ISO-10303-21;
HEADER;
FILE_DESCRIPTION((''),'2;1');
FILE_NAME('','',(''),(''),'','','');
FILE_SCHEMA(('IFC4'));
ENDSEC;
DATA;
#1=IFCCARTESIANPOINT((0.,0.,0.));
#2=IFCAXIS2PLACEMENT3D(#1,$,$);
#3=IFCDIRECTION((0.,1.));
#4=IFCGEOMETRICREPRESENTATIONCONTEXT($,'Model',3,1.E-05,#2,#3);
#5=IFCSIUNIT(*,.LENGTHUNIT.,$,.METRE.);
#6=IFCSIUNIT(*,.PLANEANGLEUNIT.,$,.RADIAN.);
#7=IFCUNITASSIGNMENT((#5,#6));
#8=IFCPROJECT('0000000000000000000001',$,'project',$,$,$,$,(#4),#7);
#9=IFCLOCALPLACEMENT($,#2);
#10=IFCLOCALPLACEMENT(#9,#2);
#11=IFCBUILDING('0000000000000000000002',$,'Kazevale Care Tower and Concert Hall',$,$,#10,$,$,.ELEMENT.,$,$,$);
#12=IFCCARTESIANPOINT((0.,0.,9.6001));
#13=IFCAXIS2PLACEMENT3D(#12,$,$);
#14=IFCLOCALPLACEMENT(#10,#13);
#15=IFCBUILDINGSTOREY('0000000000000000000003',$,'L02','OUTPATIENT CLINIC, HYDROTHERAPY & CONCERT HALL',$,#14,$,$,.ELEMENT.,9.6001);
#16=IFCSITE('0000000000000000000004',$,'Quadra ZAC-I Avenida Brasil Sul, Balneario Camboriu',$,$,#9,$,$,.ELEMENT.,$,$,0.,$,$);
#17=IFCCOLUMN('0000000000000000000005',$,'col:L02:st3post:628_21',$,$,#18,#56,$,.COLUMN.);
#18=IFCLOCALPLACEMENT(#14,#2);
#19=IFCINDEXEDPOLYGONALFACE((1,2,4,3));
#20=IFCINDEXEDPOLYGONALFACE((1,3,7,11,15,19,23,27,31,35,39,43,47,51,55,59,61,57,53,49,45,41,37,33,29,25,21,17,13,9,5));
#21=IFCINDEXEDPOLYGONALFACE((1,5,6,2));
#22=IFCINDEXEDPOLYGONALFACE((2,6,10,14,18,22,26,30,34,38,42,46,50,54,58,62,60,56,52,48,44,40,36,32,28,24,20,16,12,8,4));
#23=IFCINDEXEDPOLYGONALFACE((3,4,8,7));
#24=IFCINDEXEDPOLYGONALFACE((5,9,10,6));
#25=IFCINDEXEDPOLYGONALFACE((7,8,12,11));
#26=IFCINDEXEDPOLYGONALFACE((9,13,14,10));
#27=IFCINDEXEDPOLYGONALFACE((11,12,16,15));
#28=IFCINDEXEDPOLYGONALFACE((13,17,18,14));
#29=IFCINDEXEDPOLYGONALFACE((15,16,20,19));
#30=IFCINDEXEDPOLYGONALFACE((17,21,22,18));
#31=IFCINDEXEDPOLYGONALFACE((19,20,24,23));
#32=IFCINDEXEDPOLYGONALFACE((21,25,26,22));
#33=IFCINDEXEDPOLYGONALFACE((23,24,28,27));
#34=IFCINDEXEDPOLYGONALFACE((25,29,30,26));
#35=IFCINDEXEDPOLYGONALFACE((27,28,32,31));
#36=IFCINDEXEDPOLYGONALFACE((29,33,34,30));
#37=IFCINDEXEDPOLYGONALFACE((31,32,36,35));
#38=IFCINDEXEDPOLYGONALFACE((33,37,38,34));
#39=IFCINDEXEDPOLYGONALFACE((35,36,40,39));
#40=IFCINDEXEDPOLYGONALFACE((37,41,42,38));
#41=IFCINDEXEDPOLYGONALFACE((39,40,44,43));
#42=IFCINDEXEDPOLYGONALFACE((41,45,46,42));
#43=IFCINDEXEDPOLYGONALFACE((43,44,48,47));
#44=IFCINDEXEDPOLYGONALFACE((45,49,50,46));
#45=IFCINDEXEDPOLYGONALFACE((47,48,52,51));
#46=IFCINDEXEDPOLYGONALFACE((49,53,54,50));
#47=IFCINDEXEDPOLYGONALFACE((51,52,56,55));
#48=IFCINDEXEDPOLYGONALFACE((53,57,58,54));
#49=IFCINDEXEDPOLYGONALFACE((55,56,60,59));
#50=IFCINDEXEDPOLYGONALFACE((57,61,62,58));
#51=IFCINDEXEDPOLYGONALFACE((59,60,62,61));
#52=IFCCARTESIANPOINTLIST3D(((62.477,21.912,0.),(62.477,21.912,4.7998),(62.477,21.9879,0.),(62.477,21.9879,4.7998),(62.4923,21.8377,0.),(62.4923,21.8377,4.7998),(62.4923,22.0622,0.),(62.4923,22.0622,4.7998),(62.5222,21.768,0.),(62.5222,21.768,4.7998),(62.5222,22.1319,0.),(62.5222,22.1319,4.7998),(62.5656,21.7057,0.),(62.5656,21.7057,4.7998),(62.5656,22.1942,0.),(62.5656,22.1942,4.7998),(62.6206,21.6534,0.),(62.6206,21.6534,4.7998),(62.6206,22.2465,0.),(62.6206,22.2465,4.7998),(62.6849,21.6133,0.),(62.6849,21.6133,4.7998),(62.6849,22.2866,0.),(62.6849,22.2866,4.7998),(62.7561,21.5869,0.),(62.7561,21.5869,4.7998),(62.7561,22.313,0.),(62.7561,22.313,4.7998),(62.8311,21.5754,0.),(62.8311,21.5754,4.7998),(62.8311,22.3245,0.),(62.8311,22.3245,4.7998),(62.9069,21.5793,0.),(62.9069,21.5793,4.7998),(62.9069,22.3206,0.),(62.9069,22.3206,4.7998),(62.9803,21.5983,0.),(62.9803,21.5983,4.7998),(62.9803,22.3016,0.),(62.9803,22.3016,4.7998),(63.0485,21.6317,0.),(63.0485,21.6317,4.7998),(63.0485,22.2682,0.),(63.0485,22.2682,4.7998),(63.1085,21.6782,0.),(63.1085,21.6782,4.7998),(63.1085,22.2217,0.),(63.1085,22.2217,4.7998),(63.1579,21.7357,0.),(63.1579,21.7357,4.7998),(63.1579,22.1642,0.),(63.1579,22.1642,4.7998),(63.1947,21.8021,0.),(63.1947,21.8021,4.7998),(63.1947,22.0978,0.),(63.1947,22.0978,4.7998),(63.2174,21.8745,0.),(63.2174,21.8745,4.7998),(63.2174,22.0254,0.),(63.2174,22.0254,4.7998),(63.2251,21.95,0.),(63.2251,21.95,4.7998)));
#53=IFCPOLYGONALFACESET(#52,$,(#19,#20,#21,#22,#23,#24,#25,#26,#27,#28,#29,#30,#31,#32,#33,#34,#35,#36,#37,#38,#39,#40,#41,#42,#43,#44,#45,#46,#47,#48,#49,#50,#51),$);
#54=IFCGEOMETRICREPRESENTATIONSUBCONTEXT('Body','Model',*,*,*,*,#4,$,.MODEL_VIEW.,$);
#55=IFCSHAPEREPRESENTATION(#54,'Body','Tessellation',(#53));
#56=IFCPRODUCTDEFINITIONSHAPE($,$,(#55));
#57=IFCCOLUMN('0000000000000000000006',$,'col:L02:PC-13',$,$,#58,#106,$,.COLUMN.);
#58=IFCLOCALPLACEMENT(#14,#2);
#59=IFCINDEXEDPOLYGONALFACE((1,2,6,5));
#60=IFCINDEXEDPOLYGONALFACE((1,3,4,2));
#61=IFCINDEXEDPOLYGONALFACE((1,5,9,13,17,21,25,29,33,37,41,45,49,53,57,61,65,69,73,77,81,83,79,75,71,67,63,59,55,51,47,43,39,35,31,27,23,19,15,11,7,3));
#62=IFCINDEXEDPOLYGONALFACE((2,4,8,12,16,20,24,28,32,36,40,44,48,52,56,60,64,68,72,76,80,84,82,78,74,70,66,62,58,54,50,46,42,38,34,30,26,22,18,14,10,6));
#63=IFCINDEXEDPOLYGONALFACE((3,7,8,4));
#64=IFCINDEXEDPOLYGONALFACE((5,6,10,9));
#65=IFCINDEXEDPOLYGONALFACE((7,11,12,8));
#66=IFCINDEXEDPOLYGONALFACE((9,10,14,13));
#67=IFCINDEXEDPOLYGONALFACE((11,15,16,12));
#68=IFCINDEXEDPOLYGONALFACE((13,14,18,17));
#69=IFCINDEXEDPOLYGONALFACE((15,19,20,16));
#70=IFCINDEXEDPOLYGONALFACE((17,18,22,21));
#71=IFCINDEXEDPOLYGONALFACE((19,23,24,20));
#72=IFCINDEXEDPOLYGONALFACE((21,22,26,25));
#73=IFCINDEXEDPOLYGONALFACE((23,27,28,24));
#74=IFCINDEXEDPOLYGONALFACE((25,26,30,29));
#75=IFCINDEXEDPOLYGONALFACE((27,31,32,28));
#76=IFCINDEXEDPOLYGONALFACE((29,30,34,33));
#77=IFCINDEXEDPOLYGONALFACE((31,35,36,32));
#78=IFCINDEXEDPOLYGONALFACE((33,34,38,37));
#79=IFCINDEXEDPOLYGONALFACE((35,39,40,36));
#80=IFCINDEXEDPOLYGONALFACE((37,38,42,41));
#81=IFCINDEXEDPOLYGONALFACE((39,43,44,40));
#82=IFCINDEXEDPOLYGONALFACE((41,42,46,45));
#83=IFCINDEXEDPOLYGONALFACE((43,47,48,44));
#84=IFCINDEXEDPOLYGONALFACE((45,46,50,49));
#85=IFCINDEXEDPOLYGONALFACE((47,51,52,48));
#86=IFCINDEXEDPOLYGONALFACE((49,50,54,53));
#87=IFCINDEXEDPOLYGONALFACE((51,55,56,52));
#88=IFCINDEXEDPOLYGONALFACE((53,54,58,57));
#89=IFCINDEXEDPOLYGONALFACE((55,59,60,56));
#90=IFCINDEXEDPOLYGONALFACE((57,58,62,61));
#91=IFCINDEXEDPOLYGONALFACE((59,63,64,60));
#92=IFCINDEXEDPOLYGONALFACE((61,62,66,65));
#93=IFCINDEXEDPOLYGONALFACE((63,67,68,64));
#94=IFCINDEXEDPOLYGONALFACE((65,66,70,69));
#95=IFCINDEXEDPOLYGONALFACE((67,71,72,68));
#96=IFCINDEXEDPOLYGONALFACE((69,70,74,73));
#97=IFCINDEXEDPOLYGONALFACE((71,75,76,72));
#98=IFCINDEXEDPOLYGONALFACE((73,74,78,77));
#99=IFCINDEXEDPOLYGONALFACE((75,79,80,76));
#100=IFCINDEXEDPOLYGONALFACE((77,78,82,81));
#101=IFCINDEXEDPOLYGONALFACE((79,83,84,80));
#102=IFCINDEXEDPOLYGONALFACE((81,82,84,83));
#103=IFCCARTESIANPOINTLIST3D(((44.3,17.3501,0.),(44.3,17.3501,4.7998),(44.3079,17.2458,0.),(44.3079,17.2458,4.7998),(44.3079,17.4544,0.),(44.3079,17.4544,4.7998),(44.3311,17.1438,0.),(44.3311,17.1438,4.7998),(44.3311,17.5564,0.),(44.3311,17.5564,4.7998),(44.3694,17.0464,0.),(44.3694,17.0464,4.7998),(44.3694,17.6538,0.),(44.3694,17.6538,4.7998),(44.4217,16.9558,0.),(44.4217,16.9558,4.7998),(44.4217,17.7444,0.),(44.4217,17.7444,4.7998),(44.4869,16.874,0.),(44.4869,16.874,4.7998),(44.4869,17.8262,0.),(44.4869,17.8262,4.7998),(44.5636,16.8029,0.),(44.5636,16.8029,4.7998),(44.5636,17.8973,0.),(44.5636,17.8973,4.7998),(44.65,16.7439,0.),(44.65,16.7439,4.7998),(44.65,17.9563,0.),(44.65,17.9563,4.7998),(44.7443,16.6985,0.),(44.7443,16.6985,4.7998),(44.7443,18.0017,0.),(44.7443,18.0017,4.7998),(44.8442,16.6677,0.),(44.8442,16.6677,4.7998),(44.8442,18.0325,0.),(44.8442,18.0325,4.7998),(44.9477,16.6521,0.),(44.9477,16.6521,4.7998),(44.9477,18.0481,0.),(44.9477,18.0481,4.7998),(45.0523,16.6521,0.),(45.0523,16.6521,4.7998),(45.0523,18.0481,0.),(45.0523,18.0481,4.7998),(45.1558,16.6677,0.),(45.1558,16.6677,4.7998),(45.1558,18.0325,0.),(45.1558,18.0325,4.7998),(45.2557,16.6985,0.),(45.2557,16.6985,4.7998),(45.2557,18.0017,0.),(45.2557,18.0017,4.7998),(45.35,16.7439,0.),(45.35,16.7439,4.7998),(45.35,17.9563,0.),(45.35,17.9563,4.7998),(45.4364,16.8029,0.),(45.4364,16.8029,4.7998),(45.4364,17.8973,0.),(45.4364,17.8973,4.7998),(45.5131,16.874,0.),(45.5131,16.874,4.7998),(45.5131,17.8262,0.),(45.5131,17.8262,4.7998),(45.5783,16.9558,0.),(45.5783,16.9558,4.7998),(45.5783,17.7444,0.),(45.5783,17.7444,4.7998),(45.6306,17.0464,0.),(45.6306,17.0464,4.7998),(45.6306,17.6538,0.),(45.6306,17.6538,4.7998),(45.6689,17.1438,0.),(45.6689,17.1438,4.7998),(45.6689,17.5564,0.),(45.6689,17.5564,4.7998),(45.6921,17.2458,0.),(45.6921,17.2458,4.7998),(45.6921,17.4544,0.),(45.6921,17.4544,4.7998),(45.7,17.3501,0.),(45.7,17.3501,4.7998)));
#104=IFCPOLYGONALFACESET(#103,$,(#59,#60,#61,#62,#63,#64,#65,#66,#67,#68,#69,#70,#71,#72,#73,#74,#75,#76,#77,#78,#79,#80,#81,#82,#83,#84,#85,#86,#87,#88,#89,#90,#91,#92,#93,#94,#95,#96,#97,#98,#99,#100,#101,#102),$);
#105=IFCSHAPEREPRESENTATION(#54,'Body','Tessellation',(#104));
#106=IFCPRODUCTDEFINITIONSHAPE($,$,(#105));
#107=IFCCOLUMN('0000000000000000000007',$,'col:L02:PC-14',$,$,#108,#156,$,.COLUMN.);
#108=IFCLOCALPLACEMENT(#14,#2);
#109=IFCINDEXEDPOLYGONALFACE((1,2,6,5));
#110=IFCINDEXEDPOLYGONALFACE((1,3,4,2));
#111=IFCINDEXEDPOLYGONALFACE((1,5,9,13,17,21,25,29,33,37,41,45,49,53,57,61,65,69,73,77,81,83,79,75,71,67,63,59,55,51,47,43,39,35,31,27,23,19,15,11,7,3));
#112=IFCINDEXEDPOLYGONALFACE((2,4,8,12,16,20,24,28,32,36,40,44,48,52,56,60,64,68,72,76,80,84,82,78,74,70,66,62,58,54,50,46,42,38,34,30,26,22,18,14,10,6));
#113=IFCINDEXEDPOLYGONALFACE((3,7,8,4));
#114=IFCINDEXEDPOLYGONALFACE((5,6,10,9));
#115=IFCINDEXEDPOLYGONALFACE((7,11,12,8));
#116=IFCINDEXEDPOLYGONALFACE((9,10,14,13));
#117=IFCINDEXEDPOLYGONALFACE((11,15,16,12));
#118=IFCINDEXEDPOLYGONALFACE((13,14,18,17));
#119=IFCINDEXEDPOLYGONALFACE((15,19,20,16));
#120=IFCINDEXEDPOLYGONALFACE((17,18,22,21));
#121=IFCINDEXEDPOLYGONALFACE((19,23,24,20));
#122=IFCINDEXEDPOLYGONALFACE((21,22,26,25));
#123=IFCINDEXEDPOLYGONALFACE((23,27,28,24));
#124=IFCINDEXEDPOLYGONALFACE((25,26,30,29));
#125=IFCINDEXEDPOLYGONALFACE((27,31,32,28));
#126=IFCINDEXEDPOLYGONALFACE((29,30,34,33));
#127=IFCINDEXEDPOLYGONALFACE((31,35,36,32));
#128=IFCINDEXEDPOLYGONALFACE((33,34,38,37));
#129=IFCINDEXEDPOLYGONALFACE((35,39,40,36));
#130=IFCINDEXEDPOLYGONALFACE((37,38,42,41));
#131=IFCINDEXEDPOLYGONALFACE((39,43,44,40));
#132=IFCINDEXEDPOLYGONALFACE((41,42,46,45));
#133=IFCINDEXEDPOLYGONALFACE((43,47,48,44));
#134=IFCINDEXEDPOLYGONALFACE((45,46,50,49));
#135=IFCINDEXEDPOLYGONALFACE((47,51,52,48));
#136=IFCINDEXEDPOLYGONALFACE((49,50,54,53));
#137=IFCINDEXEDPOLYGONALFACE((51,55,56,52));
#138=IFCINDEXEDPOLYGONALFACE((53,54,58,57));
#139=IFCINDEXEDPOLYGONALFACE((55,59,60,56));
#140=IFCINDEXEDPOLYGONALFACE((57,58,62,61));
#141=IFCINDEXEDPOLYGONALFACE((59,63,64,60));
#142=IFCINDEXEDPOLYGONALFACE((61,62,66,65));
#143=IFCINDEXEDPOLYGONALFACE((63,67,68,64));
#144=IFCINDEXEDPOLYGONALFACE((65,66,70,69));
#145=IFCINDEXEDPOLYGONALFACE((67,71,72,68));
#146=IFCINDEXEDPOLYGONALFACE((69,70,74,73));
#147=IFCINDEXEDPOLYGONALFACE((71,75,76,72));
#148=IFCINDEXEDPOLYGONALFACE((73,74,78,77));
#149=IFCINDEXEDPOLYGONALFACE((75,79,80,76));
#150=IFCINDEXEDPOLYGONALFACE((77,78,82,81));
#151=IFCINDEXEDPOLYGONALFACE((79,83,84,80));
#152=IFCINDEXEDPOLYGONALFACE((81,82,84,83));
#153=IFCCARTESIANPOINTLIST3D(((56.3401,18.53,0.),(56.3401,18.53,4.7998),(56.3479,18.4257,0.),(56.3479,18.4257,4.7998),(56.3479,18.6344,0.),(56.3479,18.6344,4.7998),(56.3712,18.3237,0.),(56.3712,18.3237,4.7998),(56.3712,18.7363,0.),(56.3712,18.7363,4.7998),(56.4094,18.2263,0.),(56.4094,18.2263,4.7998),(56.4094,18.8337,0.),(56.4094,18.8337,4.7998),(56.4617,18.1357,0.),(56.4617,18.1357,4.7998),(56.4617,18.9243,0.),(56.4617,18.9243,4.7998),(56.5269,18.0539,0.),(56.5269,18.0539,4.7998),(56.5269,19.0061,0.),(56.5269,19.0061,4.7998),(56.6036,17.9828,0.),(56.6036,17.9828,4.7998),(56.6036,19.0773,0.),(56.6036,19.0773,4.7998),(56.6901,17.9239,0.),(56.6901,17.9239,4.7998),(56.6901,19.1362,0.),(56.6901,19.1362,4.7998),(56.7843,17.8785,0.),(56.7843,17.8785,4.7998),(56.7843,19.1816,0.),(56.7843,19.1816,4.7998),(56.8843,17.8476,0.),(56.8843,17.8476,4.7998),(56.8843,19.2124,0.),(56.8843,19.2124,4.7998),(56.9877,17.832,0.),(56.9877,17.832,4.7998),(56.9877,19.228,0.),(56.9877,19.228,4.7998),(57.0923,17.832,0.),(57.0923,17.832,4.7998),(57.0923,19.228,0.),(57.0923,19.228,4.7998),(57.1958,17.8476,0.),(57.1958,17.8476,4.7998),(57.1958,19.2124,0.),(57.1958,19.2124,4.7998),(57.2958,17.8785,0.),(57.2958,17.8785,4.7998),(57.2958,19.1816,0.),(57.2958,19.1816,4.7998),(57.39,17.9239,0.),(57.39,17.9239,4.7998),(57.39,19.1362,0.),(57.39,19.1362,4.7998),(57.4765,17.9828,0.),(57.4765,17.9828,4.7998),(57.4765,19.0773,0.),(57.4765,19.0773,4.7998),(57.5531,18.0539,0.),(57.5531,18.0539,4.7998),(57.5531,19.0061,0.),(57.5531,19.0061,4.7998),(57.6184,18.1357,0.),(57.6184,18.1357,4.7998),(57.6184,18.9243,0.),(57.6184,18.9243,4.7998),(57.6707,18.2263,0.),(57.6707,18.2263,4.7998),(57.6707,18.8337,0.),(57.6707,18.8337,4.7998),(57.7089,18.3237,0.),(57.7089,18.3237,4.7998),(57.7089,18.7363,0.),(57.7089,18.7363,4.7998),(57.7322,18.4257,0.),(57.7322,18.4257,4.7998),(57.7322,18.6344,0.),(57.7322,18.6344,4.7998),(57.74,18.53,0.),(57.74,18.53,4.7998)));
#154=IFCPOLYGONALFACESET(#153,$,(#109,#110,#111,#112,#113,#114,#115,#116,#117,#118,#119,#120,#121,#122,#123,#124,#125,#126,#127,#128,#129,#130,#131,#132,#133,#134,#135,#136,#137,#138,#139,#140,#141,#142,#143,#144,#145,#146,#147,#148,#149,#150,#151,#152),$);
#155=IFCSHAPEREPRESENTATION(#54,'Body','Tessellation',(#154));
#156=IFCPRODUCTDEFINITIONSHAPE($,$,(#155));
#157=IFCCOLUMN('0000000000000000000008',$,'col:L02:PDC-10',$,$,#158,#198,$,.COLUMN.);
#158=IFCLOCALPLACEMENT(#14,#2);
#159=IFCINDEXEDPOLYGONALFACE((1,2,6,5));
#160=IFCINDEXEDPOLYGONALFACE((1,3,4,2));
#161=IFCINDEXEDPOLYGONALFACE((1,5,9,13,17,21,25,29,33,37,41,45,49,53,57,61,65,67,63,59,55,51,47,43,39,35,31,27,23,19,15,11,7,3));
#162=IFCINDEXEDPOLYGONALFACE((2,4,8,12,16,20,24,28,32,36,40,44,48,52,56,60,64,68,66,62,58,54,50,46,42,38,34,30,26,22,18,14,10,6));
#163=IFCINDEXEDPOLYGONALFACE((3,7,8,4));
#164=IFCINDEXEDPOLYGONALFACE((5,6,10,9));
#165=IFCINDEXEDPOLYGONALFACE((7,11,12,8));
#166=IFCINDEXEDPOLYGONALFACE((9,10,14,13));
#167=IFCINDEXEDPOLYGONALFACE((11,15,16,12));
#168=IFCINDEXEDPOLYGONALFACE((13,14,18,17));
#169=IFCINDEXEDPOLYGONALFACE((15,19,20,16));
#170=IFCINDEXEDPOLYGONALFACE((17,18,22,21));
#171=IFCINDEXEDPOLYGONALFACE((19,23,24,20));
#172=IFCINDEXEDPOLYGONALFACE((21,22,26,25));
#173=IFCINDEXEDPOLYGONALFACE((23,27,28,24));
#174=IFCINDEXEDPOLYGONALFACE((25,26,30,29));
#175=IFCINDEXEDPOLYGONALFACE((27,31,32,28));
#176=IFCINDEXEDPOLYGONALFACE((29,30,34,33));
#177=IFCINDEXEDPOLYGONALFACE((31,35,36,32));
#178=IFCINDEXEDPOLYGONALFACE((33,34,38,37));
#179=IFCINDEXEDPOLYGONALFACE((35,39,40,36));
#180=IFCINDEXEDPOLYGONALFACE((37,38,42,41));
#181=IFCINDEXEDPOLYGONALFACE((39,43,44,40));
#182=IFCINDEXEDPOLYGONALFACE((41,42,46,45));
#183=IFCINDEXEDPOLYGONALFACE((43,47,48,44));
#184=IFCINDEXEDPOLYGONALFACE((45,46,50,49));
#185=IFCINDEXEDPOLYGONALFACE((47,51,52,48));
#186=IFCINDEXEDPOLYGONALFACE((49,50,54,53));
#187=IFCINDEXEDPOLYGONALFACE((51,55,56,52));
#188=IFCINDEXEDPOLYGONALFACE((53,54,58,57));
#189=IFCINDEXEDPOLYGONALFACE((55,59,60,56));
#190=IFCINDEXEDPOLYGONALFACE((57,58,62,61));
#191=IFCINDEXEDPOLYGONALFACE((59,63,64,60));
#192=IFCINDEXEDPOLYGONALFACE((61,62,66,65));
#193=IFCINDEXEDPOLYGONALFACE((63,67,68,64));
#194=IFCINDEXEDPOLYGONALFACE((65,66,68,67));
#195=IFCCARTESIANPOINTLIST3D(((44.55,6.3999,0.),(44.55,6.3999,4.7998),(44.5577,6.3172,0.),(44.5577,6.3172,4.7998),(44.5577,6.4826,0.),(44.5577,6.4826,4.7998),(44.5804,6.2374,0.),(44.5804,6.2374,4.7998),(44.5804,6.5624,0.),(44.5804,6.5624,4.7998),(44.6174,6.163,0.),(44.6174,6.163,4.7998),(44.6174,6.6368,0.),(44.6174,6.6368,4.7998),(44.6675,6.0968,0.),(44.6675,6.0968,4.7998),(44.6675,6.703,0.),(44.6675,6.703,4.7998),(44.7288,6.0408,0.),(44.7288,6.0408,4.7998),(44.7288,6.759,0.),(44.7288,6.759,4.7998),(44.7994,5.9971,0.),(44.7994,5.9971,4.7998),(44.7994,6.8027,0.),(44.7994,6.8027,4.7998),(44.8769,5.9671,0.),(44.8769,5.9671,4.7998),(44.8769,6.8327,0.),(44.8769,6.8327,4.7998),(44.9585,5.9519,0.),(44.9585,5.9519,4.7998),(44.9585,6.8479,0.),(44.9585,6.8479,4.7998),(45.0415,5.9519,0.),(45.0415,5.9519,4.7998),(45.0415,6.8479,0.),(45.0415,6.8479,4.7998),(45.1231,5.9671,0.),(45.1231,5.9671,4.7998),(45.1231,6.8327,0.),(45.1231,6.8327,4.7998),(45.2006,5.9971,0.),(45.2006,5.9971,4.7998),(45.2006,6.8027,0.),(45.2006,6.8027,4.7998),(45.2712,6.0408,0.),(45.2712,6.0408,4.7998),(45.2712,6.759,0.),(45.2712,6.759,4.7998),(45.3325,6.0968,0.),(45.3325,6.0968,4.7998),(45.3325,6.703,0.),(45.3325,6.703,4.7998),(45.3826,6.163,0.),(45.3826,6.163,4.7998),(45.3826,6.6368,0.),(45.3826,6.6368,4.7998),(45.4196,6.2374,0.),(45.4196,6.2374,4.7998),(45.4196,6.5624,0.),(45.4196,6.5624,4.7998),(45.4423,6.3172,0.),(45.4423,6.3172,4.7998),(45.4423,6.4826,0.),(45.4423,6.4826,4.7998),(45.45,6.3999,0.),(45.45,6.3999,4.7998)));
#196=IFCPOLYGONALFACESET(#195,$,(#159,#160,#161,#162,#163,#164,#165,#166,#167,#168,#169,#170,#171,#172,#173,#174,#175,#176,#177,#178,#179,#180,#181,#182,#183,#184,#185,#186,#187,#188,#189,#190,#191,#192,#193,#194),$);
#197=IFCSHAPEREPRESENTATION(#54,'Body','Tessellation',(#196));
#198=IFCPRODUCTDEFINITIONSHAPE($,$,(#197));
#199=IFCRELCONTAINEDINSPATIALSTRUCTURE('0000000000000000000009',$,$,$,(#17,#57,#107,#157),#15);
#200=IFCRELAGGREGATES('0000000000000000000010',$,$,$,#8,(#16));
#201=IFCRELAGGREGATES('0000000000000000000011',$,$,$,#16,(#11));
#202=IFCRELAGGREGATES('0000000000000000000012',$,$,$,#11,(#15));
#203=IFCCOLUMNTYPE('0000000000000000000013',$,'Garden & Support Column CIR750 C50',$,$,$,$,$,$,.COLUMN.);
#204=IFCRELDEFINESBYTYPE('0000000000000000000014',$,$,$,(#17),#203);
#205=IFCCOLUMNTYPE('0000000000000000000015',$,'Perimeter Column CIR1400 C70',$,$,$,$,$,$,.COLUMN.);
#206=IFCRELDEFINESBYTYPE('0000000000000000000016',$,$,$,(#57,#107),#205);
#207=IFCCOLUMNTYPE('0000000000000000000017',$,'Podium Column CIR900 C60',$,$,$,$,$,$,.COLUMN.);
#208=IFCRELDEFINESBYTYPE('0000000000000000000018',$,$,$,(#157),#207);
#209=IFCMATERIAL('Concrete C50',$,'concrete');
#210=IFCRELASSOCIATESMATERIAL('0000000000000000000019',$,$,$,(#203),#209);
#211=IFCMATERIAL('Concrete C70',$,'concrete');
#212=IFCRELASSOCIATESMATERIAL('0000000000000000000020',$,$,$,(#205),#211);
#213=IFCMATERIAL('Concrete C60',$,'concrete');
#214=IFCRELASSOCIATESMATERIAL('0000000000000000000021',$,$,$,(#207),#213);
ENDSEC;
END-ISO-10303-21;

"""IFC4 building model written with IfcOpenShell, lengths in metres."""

from ifc_helpers import new_model, si_unit, direction, frame, origin, origin_2d, place, context, subcontext, project, spatial, circle, extrude, material, material_profile, profile_set, type_object, element, save


model = new_model("IFC4")

# Units and contexts
model_context = context("Model", 3, precision=1e-05, world=origin(), true_north=direction((0.0, 1.0)))
body_context = subcontext(model_context, "Body", "Model", "MODEL_VIEW")
ifc_project = project(units=[si_unit("LENGTHUNIT", "METRE"), si_unit("PLANEANGLEUNIT", "RADIAN")], contexts=[model_context])

# Site, building, storey
site_placement = place(None, origin())
site = spatial("IfcSite", under=ifc_project, at=site_placement, Name="Quadra ZAC-I Avenida Brasil Sul, Balneario Camboriu", CompositionType="ELEMENT", RefElevation=0.0)
building_placement = place(site_placement, origin())
building = spatial("IfcBuilding", under=site, at=building_placement, Name="Kazevale Care Tower and Concert Hall", CompositionType="ELEMENT")
storey_placement = place(building_placement, frame((0.0, 0.0, 9.6001)))
storey = spatial("IfcBuildingStorey", under=building, at=storey_placement, Name="L02", Description="OUTPATIENT CLINIC, HYDROTHERAPY & CONCERT HALL", CompositionType="ELEMENT", Elevation=9.6001)

# Columns
ifc_material_1 = material(Name="Concrete C50", Category="concrete")
ifc_material_profile_1 = material_profile(ifc_material_1, circle(Radius=0.375, at=origin_2d()), Name="RC-CIR750")
ifc_profile_set_1 = profile_set([ifc_material_profile_1], Name="Concrete C50")
column_type_1 = type_object("IfcColumnType", Name="Garden & Support Column CIR750 C50", PredefinedType="COLUMN", material=ifc_profile_set_1)
column_1_placement = place(storey_placement, frame((62.8501, 21.95, 0.0), z_axis=(0.0, 0.0, 1.0), x_axis=(1.0, 0.0, 0.0)))
element("IfcColumn", 1, at=column_1_placement, inside=storey, type_object=column_type_1, Name="col:L02:st3post:628_21", PredefinedType="COLUMN", context=body_context, shape_type="SweptSolid", body=[
    extrude(circle(Radius=0.375, at=origin_2d()), origin(), (0.0, 0.0, 1.0), 4.7998),
])
ifc_material_2 = material(Name="Concrete C70", Category="concrete")
ifc_material_profile_2 = material_profile(ifc_material_2, circle(Radius=0.7, at=origin_2d()), Name="RC-CIR1400")
ifc_profile_set_2 = profile_set([ifc_material_profile_2], Name="Concrete C70")
column_type_2 = type_object("IfcColumnType", Name="Perimeter Column CIR1400 C70", PredefinedType="COLUMN", material=ifc_profile_set_2)
for number, where, z_axis, x_axis, name in (
    (2, (45.0, 17.3501, 0.0), (0.0, 0.0, 1.0), (1.0, 0.0, 0.0), "col:L02:PC-13"),
    (3, (57.04, 18.53, 0.0), (0.0, 0.0, 1.0), (1.0, 0.0, 0.0), "col:L02:PC-14"),
):
    element("IfcColumn", number, at=place(storey_placement, frame(where, z_axis=z_axis, x_axis=x_axis)), inside=storey, type_object=column_type_2, Name=name, PredefinedType="COLUMN", context=body_context, shape_type="SweptSolid", body=[
        extrude(circle(Radius=0.7, at=origin_2d()), origin(), (0.0, 0.0, 1.0), 4.7998),
    ])
ifc_material_3 = material(Name="Concrete C60", Category="concrete")
ifc_material_profile_3 = material_profile(ifc_material_3, circle(Radius=0.45, at=origin_2d()), Name="RC-CIR900")
ifc_profile_set_3 = profile_set([ifc_material_profile_3], Name="Concrete C60")
column_type_3 = type_object("IfcColumnType", Name="Podium Column CIR900 C60", PredefinedType="COLUMN", material=ifc_profile_set_3)
column_2_placement = place(storey_placement, frame((45.0, 6.3999, 0.0), z_axis=(0.0, 0.0, 1.0), x_axis=(1.0, 0.0, 0.0)))
element("IfcColumn", 4, at=column_2_placement, inside=storey, type_object=column_type_3, Name="col:L02:PDC-10", PredefinedType="COLUMN", context=body_context, shape_type="SweptSolid", body=[
    extrude(circle(Radius=0.45, at=origin_2d()), origin(), (0.0, 0.0, 1.0), 4.7998),
])

save(model, "model.ifc")
